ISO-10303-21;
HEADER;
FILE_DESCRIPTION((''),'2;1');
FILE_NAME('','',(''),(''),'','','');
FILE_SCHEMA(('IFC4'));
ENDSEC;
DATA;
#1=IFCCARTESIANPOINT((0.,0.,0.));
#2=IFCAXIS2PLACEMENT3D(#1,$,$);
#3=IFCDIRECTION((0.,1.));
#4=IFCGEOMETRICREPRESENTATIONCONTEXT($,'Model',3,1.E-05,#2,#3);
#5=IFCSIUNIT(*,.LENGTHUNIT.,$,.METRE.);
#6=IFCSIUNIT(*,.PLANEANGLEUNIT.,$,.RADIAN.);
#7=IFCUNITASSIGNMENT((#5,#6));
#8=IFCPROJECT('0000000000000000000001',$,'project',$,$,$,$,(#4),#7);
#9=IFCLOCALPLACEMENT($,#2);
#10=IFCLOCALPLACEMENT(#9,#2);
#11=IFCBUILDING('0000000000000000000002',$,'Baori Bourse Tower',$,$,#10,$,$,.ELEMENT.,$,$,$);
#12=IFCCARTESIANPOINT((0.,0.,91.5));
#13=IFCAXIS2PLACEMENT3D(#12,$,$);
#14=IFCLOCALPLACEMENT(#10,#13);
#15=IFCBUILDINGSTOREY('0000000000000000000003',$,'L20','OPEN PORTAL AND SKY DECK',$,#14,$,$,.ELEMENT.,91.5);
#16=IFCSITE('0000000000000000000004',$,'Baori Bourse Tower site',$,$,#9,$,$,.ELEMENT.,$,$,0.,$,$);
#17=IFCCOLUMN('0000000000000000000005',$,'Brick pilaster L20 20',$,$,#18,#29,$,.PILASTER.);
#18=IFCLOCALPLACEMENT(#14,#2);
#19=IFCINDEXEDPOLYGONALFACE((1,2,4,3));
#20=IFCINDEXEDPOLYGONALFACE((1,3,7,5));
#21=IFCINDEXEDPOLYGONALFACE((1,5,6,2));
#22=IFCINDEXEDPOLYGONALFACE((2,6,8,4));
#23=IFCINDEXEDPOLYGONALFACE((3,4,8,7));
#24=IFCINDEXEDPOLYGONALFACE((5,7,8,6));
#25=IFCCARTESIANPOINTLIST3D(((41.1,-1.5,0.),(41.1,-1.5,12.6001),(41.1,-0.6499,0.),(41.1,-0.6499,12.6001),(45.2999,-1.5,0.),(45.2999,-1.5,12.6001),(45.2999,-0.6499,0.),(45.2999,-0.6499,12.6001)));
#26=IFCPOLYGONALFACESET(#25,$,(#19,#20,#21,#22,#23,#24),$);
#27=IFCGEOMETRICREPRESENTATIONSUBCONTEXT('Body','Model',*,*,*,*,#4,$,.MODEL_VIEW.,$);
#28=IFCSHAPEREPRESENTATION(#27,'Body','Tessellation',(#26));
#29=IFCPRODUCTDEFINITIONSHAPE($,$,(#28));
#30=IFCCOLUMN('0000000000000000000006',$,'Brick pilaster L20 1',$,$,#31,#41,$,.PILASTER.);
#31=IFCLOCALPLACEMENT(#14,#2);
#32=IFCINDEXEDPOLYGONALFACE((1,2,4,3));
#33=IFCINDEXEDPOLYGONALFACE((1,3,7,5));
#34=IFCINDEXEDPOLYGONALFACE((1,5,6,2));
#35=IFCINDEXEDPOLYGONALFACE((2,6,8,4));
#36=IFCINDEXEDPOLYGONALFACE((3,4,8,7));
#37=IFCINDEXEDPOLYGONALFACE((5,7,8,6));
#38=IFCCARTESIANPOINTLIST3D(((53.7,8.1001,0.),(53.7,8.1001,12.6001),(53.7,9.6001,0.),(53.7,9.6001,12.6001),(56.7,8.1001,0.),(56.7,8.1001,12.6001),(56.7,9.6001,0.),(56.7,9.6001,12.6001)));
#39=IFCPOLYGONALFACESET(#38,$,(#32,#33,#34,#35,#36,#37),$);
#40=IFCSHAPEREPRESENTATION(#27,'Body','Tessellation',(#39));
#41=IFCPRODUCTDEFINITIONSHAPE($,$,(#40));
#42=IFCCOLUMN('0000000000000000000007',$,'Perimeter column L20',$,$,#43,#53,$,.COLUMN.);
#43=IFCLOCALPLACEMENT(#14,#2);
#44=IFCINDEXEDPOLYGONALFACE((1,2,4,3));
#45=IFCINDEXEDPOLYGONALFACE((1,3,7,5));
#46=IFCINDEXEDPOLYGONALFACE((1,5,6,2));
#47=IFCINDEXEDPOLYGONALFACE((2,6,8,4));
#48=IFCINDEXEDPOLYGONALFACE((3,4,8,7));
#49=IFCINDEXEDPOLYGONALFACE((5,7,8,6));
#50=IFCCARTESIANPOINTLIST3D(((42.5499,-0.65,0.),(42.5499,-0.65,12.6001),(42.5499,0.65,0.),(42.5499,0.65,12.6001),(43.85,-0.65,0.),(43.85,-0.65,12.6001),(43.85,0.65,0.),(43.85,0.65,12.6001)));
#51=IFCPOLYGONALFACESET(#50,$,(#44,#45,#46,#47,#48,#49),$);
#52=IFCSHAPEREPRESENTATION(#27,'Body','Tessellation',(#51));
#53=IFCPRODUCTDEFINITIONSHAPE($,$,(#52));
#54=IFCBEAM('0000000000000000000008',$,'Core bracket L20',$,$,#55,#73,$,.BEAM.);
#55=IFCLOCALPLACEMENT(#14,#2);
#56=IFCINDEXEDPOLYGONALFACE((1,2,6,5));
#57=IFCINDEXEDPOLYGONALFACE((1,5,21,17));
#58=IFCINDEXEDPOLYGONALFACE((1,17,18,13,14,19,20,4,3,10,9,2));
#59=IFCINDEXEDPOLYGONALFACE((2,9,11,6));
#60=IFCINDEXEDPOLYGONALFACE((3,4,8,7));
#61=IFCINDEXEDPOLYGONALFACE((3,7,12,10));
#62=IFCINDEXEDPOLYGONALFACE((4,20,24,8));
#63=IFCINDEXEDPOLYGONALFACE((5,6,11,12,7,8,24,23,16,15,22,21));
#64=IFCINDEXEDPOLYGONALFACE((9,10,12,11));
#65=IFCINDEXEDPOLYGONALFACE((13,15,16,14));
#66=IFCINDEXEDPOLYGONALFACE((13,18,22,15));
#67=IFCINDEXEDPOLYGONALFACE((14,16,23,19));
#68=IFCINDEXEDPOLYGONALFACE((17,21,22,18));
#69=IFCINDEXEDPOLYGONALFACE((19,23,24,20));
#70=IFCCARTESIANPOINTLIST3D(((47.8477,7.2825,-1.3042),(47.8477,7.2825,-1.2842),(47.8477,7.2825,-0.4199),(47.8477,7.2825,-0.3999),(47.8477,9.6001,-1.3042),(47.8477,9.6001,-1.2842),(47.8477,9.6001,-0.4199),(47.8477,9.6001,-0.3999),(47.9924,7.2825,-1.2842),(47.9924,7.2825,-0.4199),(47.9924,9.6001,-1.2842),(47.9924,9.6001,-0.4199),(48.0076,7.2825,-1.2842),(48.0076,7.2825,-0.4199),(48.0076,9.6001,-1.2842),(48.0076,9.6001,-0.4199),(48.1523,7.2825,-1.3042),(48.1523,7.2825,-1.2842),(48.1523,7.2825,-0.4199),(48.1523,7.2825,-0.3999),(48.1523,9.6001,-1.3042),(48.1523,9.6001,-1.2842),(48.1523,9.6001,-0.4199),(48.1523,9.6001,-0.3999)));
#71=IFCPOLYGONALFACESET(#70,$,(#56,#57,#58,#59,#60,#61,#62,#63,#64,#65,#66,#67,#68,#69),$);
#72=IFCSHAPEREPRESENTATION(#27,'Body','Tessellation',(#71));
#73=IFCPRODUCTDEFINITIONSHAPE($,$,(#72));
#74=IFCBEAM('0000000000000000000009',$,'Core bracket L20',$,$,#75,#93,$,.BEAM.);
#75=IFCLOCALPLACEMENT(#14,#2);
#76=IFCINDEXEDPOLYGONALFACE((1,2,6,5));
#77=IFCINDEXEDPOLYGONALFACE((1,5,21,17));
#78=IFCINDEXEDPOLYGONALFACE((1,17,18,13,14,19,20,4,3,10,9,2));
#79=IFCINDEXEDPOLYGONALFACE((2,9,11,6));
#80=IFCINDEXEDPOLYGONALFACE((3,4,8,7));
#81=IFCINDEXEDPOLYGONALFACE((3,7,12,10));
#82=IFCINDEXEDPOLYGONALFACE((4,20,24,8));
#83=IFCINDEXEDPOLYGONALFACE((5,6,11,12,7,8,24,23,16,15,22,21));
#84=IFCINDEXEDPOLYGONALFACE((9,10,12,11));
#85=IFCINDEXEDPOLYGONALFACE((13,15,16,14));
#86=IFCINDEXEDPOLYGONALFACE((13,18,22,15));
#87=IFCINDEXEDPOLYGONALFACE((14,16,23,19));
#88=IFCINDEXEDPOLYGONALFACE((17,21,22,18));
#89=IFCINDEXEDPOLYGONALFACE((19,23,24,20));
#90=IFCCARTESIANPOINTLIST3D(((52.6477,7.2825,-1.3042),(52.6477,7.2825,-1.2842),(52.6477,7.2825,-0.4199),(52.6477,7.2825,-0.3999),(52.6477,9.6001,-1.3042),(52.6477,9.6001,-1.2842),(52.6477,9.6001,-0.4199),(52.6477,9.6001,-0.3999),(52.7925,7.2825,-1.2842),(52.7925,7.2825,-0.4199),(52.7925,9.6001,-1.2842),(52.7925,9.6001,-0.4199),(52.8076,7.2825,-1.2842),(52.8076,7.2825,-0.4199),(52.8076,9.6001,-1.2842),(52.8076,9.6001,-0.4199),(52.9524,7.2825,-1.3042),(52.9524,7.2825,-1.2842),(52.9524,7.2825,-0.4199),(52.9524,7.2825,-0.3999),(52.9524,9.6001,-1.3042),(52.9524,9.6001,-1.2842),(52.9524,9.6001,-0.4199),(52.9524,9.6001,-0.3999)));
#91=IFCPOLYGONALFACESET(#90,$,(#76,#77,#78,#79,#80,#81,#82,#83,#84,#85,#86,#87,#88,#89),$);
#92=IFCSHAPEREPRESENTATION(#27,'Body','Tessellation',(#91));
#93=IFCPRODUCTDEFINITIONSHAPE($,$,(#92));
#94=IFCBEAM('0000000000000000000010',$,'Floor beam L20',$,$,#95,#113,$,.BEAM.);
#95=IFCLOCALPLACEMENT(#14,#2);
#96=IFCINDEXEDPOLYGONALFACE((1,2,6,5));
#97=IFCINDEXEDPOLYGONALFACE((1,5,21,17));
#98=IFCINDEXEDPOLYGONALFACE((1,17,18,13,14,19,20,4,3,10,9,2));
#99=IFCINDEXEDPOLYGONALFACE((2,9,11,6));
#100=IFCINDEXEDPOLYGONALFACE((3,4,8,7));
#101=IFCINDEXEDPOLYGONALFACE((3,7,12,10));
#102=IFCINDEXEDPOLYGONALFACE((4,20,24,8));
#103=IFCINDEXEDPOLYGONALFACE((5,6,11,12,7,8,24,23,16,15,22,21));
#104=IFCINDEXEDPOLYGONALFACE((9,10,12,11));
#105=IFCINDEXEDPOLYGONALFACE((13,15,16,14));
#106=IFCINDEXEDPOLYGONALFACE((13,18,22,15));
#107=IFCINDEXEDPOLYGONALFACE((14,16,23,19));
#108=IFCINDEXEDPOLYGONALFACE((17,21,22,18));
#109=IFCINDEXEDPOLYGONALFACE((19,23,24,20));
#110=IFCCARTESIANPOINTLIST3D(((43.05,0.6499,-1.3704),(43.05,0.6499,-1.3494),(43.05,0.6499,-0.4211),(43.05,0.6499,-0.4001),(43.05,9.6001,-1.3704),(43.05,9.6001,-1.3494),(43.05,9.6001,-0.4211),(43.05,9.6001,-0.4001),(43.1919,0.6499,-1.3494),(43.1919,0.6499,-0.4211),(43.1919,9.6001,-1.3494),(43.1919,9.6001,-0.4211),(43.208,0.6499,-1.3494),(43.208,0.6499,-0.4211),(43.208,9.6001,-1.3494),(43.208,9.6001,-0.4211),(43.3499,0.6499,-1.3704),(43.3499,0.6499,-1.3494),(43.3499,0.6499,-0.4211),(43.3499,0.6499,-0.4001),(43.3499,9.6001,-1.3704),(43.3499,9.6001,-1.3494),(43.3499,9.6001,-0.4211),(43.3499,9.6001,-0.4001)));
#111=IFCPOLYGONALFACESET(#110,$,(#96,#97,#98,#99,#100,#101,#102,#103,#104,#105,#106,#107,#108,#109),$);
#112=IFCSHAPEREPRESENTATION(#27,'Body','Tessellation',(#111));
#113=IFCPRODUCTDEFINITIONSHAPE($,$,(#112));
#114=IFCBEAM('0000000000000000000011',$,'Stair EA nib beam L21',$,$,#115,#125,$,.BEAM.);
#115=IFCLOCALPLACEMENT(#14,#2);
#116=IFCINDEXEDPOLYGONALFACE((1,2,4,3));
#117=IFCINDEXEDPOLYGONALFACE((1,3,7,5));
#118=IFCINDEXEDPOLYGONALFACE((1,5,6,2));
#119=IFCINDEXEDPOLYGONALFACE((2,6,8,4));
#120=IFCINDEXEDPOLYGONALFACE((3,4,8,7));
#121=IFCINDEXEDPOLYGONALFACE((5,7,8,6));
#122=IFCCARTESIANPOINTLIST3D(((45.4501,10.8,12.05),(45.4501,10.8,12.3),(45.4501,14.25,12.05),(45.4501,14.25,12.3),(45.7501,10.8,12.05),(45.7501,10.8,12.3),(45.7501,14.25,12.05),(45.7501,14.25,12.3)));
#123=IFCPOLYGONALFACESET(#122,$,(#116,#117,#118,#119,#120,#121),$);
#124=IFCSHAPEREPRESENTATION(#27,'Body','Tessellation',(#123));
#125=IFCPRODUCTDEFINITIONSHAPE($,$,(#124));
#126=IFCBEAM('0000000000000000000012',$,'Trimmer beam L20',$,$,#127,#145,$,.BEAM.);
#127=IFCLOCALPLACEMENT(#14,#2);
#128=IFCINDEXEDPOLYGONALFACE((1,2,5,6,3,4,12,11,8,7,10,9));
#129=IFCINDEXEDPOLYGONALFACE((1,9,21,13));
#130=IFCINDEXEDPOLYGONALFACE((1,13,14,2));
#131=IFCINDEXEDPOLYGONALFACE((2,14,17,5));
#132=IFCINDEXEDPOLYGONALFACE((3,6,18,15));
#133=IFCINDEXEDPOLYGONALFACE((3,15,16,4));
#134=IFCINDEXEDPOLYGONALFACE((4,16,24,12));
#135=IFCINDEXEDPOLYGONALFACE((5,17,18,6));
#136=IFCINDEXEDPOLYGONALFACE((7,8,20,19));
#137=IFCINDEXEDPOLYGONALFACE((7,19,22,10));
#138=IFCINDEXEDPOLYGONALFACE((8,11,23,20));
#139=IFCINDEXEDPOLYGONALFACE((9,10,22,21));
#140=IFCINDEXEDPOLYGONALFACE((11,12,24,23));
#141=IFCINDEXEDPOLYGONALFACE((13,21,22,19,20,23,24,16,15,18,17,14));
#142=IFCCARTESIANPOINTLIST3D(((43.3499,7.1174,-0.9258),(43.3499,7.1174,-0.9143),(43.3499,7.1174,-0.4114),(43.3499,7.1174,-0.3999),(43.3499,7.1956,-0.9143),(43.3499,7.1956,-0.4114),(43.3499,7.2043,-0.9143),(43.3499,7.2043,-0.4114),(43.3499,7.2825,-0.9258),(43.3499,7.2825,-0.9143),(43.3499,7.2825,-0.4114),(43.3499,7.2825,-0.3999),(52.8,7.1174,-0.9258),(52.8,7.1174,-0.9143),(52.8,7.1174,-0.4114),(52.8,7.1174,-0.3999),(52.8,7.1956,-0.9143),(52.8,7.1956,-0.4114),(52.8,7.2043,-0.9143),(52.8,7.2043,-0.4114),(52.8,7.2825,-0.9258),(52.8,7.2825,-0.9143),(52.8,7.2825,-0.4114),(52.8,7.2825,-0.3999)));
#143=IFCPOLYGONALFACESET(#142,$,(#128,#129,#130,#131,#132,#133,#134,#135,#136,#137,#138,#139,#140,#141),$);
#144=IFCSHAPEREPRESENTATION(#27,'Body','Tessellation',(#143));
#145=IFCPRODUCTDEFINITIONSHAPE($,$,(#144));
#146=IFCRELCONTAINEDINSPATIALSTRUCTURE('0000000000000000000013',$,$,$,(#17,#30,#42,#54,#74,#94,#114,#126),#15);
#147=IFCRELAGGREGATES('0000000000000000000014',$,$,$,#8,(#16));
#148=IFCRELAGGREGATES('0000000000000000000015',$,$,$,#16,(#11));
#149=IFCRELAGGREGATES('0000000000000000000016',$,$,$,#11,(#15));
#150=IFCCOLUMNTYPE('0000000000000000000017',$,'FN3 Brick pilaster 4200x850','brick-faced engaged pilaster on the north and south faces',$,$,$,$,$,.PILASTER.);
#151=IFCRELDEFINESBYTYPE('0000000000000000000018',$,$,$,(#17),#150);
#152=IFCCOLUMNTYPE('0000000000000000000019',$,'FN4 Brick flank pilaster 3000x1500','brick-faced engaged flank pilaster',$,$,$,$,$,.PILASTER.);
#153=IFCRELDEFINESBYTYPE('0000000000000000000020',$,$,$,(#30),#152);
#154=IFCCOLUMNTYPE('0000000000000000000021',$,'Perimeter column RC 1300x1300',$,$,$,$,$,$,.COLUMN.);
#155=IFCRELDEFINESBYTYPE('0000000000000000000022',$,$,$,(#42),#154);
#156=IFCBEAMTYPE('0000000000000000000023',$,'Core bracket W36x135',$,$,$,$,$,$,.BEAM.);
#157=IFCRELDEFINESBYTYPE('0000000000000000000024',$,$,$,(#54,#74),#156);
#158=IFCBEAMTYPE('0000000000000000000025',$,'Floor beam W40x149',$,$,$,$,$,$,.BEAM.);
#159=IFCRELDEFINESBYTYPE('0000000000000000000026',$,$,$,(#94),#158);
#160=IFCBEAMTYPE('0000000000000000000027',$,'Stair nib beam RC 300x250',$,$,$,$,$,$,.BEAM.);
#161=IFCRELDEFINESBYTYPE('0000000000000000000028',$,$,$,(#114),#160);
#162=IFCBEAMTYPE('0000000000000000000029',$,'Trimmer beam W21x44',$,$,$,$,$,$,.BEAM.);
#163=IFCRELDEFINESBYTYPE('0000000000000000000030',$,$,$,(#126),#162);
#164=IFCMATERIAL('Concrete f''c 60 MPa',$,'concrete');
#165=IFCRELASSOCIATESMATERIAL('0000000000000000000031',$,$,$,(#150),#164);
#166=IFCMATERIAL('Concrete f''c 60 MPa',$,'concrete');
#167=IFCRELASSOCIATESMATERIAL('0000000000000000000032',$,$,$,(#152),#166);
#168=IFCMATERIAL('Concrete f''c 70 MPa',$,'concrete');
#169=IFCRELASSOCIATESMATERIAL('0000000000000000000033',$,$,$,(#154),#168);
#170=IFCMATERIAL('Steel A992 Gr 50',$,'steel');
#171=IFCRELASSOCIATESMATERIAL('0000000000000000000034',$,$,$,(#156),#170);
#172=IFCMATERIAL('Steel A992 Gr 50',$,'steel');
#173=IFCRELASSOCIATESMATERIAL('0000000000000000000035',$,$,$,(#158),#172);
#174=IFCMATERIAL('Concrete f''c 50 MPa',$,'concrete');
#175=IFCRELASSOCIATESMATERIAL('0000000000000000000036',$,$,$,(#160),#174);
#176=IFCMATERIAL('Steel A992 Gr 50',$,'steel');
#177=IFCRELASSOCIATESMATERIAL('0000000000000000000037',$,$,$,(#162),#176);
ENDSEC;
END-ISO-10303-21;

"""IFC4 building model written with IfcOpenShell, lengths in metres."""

from ifc_helpers import new_model, si_unit, direction, frame, origin, origin_2d, place, context, subcontext, project, spatial, rectangle, i_section, extrude, material, material_profile, profile_set, type_object, element, save


model = new_model("IFC4")

# Units and contexts
model_context = context("Model", 3, precision=1e-05, world=origin(), true_north=direction((0.0, 1.0)))
body_context = subcontext(model_context, "Body", "Model", "MODEL_VIEW")
ifc_project = project(units=[si_unit("LENGTHUNIT", "METRE"), si_unit("PLANEANGLEUNIT", "RADIAN")], contexts=[model_context])

# Site, building, storey
site_placement = place(None, origin())
site = spatial("IfcSite", under=ifc_project, at=site_placement, Name="Baori Bourse Tower site", CompositionType="ELEMENT", RefElevation=0.0)
building_placement = place(site_placement, origin())
building = spatial("IfcBuilding", under=site, at=building_placement, Name="Baori Bourse Tower", CompositionType="ELEMENT")
storey_placement = place(building_placement, frame((0.0, 0.0, 91.5)))
storey = spatial("IfcBuildingStorey", under=building, at=storey_placement, Name="L20", Description="OPEN PORTAL AND SKY DECK", CompositionType="ELEMENT", Elevation=91.5)

# Columns
ifc_material_1 = material(Name="Concrete f'c 60 MPa", Category="concrete")
ifc_material_profile_1 = material_profile(ifc_material_1, rectangle(XDim=4.2, YDim=0.8501, at=origin_2d()), Name="RC 4200x850")
ifc_profile_set_1 = profile_set([ifc_material_profile_1], Name="Concrete f'c 60 MPa")
column_type_1 = type_object("IfcColumnType", Name="FN3 Brick pilaster 4200x850", Description="brick-faced engaged pilaster on the north and south faces", PredefinedType="PILASTER", material=ifc_profile_set_1)
column_1_placement = place(storey_placement, frame((43.2, -1.075, 0.0), z_axis=(0.0, 0.0, 1.0), x_axis=(1.0, 0.0, 0.0)))
element("IfcColumn", 1, at=column_1_placement, inside=storey, type_object=column_type_1, Name="Brick pilaster L20 20", PredefinedType="PILASTER", context=body_context, shape_type="SweptSolid", body=[
    extrude(rectangle(XDim=4.2, YDim=0.8501, at=origin_2d()), origin(), (0.0, 0.0, 1.0), 12.6001),
])
ifc_material_2 = material(Name="Concrete f'c 60 MPa", Category="concrete")
ifc_material_profile_2 = material_profile(ifc_material_2, rectangle(XDim=3.0, YDim=1.5, at=origin_2d()), Name="RC 3000x1500")
ifc_profile_set_2 = profile_set([ifc_material_profile_2], Name="Concrete f'c 60 MPa")
column_type_2 = type_object("IfcColumnType", Name="FN4 Brick flank pilaster 3000x1500", Description="brick-faced engaged flank pilaster", PredefinedType="PILASTER", material=ifc_profile_set_2)
column_2_placement = place(storey_placement, frame((55.2, 8.8501, 0.0), z_axis=(0.0, 0.0, 1.0), x_axis=(1.0, 0.0, 0.0)))
element("IfcColumn", 2, at=column_2_placement, inside=storey, type_object=column_type_2, Name="Brick pilaster L20 1", PredefinedType="PILASTER", context=body_context, shape_type="SweptSolid", body=[
    extrude(rectangle(XDim=3.0, YDim=1.5, at=origin_2d()), origin(), (0.0, 0.0, 1.0), 12.6001),
])
ifc_material_3 = material(Name="Concrete f'c 70 MPa", Category="concrete")
ifc_material_profile_3 = material_profile(ifc_material_3, rectangle(XDim=1.3, YDim=1.3, at=origin_2d()), Name="RC 1300x1300")
ifc_profile_set_3 = profile_set([ifc_material_profile_3], Name="Concrete f'c 70 MPa")
column_type_3 = type_object("IfcColumnType", Name="Perimeter column RC 1300x1300", PredefinedType="COLUMN", material=ifc_profile_set_3)
column_3_placement = place(storey_placement, frame((43.2, 0.0, 0.0), z_axis=(0.0, 0.0, 1.0), x_axis=(1.0, 0.0, 0.0)))
element("IfcColumn", 3, at=column_3_placement, inside=storey, type_object=column_type_3, Name="Perimeter column L20", PredefinedType="COLUMN", context=body_context, shape_type="SweptSolid", body=[
    extrude(rectangle(XDim=1.3, YDim=1.3, at=origin_2d()), origin(), (0.0, 0.0, 1.0), 12.6001),
])

# Beams
ifc_material_4 = material(Name="Steel A992 Gr 50", Category="steel")
ifc_material_profile_4 = material_profile(ifc_material_4, i_section(OverallWidth=0.3047, OverallDepth=0.9043, WebThickness=0.0151, FlangeThickness=0.02, at=origin_2d()), Name="W36x135")
ifc_profile_set_4 = profile_set([ifc_material_profile_4], Name="Steel A992 Gr 50")
beam_type_1 = type_object("IfcBeamType", Name="Core bracket W36x135", PredefinedType="BEAM", material=ifc_profile_set_4)
for number, where, z_axis, x_axis, name in (
    (4, (48.0, 7.2825, -0.8521), (0.0, 1.0, 0.0), (-1.0, 0.0, 0.0), "Core bracket L20"),
    (5, (52.8, 7.2825, -0.8521), (0.0, 1.0, 0.0), (-1.0, 0.0, 0.0), "Core bracket L20"),
):
    element("IfcBeam", number, at=place(storey_placement, frame(where, z_axis=z_axis, x_axis=x_axis)), inside=storey, type_object=beam_type_1, Name=name, PredefinedType="BEAM", context=body_context, shape_type="SweptSolid", body=[
        extrude(i_section(OverallWidth=0.3047, OverallDepth=0.9043, WebThickness=0.0151, FlangeThickness=0.02, at=origin_2d()), origin(), (0.0, 0.0, 1.0), 2.3176),
    ])
ifc_material_5 = material(Name="Steel A992 Gr 50", Category="steel")
ifc_material_profile_5 = material_profile(ifc_material_5, i_section(OverallWidth=0.2998, OverallDepth=0.9702, WebThickness=0.0161, FlangeThickness=0.021, at=origin_2d()), Name="W40x149")
ifc_profile_set_5 = profile_set([ifc_material_profile_5], Name="Steel A992 Gr 50")
beam_type_2 = type_object("IfcBeamType", Name="Floor beam W40x149", PredefinedType="BEAM", material=ifc_profile_set_5)
beam_1_placement = place(storey_placement, frame((43.2, 0.6499, -0.8853), z_axis=(0.0, 1.0, 0.0), x_axis=(-1.0, 0.0, 0.0)))
element("IfcBeam", 6, at=beam_1_placement, inside=storey, type_object=beam_type_2, Name="Floor beam L20", PredefinedType="BEAM", context=body_context, shape_type="SweptSolid", body=[
    extrude(i_section(OverallWidth=0.2998, OverallDepth=0.9702, WebThickness=0.0161, FlangeThickness=0.021, at=origin_2d()), origin(), (0.0, 0.0, 1.0), 8.9502),
])
ifc_material_6 = material(Name="Concrete f'c 50 MPa", Category="concrete")
ifc_material_profile_6 = material_profile(ifc_material_6, rectangle(XDim=0.3, YDim=0.25, at=origin_2d()), Name="RC 300x250")
ifc_profile_set_6 = profile_set([ifc_material_profile_6], Name="Concrete f'c 50 MPa")
beam_type_3 = type_object("IfcBeamType", Name="Stair nib beam RC 300x250", PredefinedType="BEAM", material=ifc_profile_set_6)
beam_2_placement = place(storey_placement, frame((45.6001, 10.8, 12.175), z_axis=(0.0, 1.0, 0.0), x_axis=(-1.0, 0.0, 0.0)))
element("IfcBeam", 7, at=beam_2_placement, inside=storey, type_object=beam_type_3, Name="Stair EA nib beam L21", PredefinedType="BEAM", context=body_context, shape_type="SweptSolid", body=[
    extrude(rectangle(XDim=0.3, YDim=0.25, at=origin_2d()), origin(), (0.0, 0.0, 1.0), 3.45),
])
ifc_material_7 = material(Name="Steel A992 Gr 50", Category="steel")
ifc_material_profile_7 = material_profile(ifc_material_7, i_section(OverallWidth=0.165, OverallDepth=0.5259, WebThickness=0.0088, FlangeThickness=0.0115, at=origin_2d()), Name="W21x44")
ifc_profile_set_7 = profile_set([ifc_material_profile_7], Name="Steel A992 Gr 50")
beam_type_4 = type_object("IfcBeamType", Name="Trimmer beam W21x44", PredefinedType="BEAM", material=ifc_profile_set_7)
beam_3_placement = place(storey_placement, frame((43.3499, 7.2, -0.6628), z_axis=(1.0, 0.0, 0.0), x_axis=(0.0, 1.0, 0.0)))
element("IfcBeam", 8, at=beam_3_placement, inside=storey, type_object=beam_type_4, Name="Trimmer beam L20", PredefinedType="BEAM", context=body_context, shape_type="SweptSolid", body=[
    extrude(i_section(OverallWidth=0.165, OverallDepth=0.5259, WebThickness=0.0088, FlangeThickness=0.0115, at=origin_2d()), origin(), (0.0, 0.0, 1.0), 9.4502),
])

save(model, "model.ifc")
